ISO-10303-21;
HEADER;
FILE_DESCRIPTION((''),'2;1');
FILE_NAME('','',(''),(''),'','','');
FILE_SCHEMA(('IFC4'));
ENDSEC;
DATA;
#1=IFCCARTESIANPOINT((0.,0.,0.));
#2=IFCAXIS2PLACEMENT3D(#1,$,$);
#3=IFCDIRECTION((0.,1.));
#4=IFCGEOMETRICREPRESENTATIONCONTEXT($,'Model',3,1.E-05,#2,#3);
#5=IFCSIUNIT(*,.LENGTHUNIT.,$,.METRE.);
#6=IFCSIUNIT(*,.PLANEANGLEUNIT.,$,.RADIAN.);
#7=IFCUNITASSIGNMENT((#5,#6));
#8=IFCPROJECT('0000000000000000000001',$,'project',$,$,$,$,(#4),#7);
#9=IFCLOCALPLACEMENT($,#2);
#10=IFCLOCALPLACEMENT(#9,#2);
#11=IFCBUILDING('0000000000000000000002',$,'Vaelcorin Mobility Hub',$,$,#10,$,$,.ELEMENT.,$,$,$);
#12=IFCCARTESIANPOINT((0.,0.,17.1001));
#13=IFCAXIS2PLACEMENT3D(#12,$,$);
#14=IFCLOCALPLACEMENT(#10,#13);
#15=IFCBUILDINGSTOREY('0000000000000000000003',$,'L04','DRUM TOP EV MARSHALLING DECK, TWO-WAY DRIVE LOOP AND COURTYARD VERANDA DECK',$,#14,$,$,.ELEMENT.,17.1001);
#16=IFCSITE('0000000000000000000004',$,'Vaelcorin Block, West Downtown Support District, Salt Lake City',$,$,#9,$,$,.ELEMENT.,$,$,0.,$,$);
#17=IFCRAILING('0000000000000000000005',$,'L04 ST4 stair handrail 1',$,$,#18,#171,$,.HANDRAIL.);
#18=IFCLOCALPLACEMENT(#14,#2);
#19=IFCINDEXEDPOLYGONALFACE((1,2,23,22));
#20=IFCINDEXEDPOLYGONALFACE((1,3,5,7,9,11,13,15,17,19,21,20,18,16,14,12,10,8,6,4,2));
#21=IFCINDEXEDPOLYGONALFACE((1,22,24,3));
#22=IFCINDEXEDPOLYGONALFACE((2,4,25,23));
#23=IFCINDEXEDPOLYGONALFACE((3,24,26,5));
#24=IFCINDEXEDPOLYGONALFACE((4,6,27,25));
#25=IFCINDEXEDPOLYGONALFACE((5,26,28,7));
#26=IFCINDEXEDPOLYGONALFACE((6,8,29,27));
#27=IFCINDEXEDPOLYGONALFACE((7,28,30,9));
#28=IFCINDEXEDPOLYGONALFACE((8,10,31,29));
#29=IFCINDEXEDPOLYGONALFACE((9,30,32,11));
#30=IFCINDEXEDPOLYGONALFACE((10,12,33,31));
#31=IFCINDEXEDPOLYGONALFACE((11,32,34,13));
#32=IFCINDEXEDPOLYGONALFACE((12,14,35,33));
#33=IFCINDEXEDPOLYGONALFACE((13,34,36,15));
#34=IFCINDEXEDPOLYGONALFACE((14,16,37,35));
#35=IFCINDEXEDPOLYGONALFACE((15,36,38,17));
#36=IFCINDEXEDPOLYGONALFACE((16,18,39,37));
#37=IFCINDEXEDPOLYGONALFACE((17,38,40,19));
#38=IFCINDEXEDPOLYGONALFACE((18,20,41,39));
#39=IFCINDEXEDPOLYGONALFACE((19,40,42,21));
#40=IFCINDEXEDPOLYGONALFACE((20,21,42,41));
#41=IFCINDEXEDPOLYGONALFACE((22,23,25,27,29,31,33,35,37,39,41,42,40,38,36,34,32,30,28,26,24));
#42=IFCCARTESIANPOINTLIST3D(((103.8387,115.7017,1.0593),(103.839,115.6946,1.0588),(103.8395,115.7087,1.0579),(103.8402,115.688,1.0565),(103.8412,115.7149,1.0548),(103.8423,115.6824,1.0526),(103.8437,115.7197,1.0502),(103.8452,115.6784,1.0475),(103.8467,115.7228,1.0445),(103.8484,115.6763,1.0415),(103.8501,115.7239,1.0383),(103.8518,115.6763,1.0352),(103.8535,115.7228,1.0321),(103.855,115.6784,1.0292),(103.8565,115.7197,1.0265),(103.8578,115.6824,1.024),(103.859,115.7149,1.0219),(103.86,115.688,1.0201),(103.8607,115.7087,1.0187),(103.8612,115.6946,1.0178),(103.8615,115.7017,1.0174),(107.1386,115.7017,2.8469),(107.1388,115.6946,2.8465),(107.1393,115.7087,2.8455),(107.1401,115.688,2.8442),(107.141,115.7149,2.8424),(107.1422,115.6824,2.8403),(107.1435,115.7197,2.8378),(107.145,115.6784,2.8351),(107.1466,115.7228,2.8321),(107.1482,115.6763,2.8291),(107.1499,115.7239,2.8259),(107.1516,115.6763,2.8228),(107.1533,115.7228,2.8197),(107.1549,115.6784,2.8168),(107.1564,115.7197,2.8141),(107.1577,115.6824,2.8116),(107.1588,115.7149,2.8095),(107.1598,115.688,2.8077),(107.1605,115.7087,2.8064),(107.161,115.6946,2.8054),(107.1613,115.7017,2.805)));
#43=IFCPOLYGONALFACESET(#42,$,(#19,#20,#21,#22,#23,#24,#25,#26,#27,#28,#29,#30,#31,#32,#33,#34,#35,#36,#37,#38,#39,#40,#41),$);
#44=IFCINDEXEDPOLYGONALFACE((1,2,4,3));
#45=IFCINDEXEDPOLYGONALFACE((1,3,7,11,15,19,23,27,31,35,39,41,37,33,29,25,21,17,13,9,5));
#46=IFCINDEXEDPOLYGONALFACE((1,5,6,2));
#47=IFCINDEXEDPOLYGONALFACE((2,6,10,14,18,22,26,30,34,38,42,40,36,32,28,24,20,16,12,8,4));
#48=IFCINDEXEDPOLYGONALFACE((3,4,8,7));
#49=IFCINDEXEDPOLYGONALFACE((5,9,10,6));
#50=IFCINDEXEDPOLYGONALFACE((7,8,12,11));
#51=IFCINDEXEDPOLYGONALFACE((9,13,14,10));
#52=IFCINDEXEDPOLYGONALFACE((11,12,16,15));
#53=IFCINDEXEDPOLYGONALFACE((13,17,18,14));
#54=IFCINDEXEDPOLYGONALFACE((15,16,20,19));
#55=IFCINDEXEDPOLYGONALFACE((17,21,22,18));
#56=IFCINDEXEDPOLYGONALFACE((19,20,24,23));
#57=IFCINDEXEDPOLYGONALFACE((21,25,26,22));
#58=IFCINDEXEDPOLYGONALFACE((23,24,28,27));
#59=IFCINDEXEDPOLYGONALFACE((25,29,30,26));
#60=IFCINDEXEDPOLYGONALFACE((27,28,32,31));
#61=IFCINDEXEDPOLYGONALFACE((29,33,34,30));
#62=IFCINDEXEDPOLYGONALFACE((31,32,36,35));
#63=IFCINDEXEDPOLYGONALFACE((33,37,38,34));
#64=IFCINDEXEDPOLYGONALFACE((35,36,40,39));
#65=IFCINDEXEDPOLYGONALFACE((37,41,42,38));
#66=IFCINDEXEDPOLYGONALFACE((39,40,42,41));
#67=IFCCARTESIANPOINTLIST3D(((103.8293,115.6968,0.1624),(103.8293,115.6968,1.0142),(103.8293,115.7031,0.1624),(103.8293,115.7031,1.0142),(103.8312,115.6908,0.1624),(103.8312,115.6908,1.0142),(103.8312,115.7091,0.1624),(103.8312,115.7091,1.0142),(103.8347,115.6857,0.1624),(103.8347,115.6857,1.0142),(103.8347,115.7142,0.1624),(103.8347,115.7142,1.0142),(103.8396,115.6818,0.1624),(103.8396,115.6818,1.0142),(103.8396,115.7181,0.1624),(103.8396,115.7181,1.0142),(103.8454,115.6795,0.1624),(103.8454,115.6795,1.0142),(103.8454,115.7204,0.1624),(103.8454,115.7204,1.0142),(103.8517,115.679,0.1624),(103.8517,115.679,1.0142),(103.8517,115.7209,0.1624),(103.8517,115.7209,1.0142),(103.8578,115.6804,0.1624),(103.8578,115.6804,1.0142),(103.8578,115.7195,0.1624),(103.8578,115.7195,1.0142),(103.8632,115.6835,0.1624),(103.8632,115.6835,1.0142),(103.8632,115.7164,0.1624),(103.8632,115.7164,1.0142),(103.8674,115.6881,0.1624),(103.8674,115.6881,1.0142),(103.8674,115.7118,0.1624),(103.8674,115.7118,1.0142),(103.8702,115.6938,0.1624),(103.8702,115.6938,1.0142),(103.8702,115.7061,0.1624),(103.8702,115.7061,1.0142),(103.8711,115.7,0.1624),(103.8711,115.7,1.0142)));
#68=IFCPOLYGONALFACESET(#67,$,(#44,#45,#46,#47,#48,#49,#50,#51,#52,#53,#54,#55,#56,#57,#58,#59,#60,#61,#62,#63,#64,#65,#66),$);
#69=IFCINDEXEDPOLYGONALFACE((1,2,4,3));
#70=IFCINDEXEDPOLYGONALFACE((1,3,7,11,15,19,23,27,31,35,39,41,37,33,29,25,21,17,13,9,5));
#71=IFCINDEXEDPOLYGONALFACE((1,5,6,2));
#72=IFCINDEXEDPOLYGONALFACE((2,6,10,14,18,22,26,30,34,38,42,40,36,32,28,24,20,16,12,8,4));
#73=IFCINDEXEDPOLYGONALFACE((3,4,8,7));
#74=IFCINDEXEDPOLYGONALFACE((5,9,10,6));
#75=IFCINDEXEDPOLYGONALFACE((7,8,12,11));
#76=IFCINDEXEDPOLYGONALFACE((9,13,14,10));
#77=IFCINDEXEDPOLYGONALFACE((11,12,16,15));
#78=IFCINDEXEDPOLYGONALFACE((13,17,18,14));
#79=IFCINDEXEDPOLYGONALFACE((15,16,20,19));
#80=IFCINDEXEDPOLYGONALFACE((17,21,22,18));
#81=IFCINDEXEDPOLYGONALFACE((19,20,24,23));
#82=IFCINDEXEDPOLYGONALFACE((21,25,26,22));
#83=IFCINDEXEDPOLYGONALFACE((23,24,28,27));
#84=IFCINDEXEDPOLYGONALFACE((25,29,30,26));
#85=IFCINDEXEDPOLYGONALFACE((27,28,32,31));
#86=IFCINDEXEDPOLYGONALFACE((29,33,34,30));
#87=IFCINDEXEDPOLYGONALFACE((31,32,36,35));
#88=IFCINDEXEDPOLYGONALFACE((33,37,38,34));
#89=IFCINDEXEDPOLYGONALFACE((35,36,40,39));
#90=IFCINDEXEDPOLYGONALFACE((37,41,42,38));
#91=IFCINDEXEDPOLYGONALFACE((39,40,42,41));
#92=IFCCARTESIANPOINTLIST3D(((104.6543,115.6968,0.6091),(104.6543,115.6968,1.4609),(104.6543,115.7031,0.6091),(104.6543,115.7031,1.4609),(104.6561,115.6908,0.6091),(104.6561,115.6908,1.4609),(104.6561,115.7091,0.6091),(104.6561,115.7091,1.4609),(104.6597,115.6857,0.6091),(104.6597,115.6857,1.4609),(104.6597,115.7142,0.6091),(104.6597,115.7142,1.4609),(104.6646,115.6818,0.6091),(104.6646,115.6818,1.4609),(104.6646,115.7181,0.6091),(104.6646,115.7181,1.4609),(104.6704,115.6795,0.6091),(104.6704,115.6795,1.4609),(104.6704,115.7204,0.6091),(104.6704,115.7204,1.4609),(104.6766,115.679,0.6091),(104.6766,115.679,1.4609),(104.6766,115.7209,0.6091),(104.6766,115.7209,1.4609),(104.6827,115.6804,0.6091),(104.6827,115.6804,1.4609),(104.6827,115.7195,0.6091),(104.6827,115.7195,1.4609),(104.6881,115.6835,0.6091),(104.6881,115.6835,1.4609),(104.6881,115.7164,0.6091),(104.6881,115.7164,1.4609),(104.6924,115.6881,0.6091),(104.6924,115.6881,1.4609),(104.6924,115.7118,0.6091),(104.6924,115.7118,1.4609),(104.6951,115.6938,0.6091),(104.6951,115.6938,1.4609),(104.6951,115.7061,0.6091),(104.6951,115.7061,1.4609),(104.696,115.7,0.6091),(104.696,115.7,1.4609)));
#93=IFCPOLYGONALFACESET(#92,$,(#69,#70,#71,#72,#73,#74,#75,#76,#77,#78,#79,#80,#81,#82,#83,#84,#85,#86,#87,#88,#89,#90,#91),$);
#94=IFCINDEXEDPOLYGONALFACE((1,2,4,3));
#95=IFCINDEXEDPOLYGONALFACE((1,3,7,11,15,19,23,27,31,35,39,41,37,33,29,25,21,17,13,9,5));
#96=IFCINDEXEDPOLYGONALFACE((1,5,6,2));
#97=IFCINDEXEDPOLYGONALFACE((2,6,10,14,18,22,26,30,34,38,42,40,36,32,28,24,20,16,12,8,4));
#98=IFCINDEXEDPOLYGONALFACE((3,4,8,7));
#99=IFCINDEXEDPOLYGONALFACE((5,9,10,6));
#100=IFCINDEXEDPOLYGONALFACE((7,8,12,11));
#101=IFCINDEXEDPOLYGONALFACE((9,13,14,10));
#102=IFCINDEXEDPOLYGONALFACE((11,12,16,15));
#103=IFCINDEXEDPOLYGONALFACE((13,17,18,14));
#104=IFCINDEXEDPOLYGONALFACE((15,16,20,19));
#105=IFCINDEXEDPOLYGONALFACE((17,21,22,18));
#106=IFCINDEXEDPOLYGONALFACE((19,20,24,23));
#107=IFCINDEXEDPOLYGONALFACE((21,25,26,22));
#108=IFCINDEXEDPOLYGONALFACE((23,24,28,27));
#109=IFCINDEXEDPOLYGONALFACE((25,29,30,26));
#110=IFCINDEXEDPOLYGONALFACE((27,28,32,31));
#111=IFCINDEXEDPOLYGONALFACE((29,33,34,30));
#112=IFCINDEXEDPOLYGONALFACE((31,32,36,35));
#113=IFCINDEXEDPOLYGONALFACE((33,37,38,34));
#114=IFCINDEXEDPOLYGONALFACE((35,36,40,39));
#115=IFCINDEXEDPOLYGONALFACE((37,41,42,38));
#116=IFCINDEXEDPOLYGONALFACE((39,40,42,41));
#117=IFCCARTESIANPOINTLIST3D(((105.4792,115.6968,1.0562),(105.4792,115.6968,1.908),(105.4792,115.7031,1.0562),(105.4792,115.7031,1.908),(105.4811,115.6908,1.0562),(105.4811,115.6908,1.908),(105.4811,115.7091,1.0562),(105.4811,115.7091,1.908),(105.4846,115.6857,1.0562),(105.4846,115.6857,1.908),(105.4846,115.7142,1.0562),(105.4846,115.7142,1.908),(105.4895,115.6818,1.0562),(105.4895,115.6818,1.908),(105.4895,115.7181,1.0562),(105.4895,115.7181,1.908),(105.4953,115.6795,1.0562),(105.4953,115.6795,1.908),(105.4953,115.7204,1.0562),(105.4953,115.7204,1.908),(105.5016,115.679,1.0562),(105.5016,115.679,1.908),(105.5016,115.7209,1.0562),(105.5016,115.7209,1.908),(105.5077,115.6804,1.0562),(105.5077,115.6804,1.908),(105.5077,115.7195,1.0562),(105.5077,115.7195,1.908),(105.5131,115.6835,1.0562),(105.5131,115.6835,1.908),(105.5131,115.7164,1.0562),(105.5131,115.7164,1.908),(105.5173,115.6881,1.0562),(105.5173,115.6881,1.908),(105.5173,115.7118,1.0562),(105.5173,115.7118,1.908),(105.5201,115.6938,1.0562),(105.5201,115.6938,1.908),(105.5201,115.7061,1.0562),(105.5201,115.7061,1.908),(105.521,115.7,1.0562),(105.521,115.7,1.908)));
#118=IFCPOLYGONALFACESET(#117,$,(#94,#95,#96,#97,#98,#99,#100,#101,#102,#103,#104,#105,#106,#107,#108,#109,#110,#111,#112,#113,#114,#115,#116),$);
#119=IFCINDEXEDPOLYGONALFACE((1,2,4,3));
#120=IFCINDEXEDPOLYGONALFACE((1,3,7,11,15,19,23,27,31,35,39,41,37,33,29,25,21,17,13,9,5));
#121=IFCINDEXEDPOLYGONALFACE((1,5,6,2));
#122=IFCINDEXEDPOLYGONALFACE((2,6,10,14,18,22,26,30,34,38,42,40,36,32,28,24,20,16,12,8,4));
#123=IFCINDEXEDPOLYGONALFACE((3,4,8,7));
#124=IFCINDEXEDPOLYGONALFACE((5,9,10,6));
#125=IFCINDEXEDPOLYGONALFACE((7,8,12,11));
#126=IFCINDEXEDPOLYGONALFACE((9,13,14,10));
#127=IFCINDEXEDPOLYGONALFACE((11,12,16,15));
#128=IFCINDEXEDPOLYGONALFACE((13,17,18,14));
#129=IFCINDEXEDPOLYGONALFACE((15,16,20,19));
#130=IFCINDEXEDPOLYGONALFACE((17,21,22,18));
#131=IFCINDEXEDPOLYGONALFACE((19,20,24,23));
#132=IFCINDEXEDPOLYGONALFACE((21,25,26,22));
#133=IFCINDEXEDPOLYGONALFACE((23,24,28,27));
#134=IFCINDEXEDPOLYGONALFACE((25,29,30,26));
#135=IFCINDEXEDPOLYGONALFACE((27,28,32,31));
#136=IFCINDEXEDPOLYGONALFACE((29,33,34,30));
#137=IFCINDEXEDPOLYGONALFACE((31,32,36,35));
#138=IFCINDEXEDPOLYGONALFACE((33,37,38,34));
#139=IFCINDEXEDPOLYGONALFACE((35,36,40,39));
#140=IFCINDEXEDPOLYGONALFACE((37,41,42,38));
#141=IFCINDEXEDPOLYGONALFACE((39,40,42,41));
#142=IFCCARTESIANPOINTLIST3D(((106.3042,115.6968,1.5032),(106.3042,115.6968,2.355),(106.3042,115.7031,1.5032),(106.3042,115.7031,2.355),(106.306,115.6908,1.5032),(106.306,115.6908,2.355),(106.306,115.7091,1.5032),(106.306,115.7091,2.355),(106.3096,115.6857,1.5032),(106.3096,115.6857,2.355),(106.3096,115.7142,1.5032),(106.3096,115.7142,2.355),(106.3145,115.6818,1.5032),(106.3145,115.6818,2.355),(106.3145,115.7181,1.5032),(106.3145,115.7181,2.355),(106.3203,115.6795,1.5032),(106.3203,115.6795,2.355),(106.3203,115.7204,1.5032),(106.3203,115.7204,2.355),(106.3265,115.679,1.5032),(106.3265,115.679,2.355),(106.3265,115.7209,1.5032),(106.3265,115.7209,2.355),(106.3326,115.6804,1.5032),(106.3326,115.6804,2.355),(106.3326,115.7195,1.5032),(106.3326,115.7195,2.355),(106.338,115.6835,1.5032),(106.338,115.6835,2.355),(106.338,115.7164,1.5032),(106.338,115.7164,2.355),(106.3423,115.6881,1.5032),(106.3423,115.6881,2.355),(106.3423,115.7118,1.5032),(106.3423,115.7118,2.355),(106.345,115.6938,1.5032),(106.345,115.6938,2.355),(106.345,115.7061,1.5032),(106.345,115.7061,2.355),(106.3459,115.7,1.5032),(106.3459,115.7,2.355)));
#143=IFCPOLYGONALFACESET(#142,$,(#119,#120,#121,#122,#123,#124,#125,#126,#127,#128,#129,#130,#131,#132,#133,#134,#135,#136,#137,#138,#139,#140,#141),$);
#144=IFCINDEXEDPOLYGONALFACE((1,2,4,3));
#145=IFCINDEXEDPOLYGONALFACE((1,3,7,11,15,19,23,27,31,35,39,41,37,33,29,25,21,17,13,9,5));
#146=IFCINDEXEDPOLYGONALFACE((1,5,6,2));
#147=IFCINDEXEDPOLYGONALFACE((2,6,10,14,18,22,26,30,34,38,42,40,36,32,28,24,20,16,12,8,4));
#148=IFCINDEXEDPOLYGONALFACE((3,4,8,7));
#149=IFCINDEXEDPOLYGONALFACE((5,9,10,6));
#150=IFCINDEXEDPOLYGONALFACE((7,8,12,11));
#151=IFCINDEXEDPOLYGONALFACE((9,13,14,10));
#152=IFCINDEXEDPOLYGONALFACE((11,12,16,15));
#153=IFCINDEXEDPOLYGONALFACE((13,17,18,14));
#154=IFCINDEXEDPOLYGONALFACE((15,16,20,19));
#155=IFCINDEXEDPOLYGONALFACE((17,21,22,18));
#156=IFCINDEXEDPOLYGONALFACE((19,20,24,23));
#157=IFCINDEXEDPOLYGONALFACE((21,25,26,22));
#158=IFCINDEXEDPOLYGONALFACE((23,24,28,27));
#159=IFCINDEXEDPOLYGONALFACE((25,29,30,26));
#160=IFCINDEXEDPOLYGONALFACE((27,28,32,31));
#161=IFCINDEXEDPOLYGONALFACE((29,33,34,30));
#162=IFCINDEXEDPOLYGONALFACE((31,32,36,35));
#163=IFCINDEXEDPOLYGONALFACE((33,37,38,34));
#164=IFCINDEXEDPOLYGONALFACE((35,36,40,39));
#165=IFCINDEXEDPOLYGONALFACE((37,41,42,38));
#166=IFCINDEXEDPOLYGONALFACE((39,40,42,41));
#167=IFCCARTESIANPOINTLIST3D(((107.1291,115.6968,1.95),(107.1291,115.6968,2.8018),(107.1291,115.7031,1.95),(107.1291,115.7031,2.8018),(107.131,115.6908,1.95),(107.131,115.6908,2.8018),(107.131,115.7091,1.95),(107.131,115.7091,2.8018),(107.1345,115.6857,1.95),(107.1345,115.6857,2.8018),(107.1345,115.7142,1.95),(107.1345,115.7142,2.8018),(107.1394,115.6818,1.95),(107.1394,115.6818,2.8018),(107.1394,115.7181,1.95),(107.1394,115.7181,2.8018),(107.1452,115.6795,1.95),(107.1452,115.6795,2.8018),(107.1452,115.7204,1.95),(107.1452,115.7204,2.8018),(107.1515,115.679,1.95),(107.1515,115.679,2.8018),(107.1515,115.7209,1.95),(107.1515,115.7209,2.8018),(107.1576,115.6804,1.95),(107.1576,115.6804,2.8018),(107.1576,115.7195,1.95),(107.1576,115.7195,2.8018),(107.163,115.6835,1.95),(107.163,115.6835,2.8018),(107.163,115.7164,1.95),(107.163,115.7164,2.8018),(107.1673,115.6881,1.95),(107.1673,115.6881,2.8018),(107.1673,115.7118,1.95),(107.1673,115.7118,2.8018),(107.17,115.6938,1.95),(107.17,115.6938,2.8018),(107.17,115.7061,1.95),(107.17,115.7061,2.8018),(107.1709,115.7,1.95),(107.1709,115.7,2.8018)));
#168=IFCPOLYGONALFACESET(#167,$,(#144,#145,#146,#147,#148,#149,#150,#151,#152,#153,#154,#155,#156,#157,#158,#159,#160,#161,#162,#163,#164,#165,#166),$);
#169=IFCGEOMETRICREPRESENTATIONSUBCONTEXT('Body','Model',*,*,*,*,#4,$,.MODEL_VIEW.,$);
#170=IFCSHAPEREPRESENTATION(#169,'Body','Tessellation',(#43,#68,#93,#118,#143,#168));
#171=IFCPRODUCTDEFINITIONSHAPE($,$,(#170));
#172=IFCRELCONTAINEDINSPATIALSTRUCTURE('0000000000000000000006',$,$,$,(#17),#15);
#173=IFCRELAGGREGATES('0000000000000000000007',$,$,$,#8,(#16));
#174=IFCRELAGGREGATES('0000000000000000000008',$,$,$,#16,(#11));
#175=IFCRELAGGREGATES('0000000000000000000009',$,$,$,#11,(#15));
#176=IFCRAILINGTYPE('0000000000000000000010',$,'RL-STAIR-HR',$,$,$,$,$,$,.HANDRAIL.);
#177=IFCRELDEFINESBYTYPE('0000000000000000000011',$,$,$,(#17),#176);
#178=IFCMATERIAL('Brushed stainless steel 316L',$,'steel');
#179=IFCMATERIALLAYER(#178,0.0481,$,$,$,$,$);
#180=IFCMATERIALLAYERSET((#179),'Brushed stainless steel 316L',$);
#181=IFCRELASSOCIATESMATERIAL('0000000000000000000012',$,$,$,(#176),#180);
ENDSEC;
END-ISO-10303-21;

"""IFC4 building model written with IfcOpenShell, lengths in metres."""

from ifc_helpers import new_model, si_unit, direction, frame, origin, origin_2d, place, context, subcontext, project, spatial, circle, extrude, material, layer, layer_set, type_object, element, save


model = new_model("IFC4")

# Units and contexts
model_context = context("Model", 3, precision=1e-05, world=origin(), true_north=direction((0.0, 1.0)))
body_context = subcontext(model_context, "Body", "Model", "MODEL_VIEW")
ifc_project = project(units=[si_unit("LENGTHUNIT", "METRE"), si_unit("PLANEANGLEUNIT", "RADIAN")], contexts=[model_context])

# Site, building, storey
site_placement = place(None, origin())
site = spatial("IfcSite", under=ifc_project, at=site_placement, Name="Vaelcorin Block, West Downtown Support District, Salt Lake City", CompositionType="ELEMENT", RefElevation=0.0)
building_placement = place(site_placement, origin())
building = spatial("IfcBuilding", under=site, at=building_placement, Name="Vaelcorin Mobility Hub", CompositionType="ELEMENT")
storey_placement = place(building_placement, frame((0.0, 0.0, 17.1001)))
storey = spatial("IfcBuildingStorey", under=building, at=storey_placement, Name="L04", Description="DRUM TOP EV MARSHALLING DECK, TWO-WAY DRIVE LOOP AND COURTYARD VERANDA DECK", CompositionType="ELEMENT", Elevation=17.1001)

# Shared definitions
ifc_material_1 = material(Name="Brushed stainless steel 316L", Category="steel")

# Railing
ifc_layer_1 = layer(ifc_material_1, 0.0481)
ifc_layer_set_1 = layer_set([ifc_layer_1], Name="Brushed stainless steel 316L")
railing_type_1 = type_object("IfcRailingType", Name="RL-STAIR-HR", PredefinedType="HANDRAIL", material=ifc_layer_set_1)
for number, where, name in (
    (1, (103.8501, 115.7, 0.1624), "L04 ST4 stair handrail 1"),
):
    element("IfcRailing", number, at=place(storey_placement, frame(where)), inside=storey, type_object=railing_type_1, Name=name, PredefinedType="HANDRAIL", context=body_context, shape_type="SweptSolid", body=[
        extrude(circle(Radius=0.0239, at=origin_2d()), frame((0.0, 0.0, 0.876), z_axis=(0.879269, 0.0, 0.476325), x_axis=(0.0, 1.0, 0.0)), (0.0, 0.0, 1.0), 3.7529),
        extrude(circle(Radius=0.021, at=origin_2d()), origin(), (0.0, 0.0, 1.0), 0.8518),
        extrude(circle(Radius=0.021, at=origin_2d()), frame((0.825, 0.0, 0.4468)), (0.0, 0.0, 1.0), 0.8518),
        extrude(circle(Radius=0.021, at=origin_2d()), frame((1.6499, 0.0, 0.8938)), (0.0, 0.0, 1.0), 0.8518),
        extrude(circle(Radius=0.021, at=origin_2d()), frame((2.4749, 0.0, 1.3408)), (0.0, 0.0, 1.0), 0.8518),
        extrude(circle(Radius=0.021, at=origin_2d()), frame((3.2998, 0.0, 1.7876)), (0.0, 0.0, 1.0), 0.8518),
    ])

save(model, "model.ifc")
